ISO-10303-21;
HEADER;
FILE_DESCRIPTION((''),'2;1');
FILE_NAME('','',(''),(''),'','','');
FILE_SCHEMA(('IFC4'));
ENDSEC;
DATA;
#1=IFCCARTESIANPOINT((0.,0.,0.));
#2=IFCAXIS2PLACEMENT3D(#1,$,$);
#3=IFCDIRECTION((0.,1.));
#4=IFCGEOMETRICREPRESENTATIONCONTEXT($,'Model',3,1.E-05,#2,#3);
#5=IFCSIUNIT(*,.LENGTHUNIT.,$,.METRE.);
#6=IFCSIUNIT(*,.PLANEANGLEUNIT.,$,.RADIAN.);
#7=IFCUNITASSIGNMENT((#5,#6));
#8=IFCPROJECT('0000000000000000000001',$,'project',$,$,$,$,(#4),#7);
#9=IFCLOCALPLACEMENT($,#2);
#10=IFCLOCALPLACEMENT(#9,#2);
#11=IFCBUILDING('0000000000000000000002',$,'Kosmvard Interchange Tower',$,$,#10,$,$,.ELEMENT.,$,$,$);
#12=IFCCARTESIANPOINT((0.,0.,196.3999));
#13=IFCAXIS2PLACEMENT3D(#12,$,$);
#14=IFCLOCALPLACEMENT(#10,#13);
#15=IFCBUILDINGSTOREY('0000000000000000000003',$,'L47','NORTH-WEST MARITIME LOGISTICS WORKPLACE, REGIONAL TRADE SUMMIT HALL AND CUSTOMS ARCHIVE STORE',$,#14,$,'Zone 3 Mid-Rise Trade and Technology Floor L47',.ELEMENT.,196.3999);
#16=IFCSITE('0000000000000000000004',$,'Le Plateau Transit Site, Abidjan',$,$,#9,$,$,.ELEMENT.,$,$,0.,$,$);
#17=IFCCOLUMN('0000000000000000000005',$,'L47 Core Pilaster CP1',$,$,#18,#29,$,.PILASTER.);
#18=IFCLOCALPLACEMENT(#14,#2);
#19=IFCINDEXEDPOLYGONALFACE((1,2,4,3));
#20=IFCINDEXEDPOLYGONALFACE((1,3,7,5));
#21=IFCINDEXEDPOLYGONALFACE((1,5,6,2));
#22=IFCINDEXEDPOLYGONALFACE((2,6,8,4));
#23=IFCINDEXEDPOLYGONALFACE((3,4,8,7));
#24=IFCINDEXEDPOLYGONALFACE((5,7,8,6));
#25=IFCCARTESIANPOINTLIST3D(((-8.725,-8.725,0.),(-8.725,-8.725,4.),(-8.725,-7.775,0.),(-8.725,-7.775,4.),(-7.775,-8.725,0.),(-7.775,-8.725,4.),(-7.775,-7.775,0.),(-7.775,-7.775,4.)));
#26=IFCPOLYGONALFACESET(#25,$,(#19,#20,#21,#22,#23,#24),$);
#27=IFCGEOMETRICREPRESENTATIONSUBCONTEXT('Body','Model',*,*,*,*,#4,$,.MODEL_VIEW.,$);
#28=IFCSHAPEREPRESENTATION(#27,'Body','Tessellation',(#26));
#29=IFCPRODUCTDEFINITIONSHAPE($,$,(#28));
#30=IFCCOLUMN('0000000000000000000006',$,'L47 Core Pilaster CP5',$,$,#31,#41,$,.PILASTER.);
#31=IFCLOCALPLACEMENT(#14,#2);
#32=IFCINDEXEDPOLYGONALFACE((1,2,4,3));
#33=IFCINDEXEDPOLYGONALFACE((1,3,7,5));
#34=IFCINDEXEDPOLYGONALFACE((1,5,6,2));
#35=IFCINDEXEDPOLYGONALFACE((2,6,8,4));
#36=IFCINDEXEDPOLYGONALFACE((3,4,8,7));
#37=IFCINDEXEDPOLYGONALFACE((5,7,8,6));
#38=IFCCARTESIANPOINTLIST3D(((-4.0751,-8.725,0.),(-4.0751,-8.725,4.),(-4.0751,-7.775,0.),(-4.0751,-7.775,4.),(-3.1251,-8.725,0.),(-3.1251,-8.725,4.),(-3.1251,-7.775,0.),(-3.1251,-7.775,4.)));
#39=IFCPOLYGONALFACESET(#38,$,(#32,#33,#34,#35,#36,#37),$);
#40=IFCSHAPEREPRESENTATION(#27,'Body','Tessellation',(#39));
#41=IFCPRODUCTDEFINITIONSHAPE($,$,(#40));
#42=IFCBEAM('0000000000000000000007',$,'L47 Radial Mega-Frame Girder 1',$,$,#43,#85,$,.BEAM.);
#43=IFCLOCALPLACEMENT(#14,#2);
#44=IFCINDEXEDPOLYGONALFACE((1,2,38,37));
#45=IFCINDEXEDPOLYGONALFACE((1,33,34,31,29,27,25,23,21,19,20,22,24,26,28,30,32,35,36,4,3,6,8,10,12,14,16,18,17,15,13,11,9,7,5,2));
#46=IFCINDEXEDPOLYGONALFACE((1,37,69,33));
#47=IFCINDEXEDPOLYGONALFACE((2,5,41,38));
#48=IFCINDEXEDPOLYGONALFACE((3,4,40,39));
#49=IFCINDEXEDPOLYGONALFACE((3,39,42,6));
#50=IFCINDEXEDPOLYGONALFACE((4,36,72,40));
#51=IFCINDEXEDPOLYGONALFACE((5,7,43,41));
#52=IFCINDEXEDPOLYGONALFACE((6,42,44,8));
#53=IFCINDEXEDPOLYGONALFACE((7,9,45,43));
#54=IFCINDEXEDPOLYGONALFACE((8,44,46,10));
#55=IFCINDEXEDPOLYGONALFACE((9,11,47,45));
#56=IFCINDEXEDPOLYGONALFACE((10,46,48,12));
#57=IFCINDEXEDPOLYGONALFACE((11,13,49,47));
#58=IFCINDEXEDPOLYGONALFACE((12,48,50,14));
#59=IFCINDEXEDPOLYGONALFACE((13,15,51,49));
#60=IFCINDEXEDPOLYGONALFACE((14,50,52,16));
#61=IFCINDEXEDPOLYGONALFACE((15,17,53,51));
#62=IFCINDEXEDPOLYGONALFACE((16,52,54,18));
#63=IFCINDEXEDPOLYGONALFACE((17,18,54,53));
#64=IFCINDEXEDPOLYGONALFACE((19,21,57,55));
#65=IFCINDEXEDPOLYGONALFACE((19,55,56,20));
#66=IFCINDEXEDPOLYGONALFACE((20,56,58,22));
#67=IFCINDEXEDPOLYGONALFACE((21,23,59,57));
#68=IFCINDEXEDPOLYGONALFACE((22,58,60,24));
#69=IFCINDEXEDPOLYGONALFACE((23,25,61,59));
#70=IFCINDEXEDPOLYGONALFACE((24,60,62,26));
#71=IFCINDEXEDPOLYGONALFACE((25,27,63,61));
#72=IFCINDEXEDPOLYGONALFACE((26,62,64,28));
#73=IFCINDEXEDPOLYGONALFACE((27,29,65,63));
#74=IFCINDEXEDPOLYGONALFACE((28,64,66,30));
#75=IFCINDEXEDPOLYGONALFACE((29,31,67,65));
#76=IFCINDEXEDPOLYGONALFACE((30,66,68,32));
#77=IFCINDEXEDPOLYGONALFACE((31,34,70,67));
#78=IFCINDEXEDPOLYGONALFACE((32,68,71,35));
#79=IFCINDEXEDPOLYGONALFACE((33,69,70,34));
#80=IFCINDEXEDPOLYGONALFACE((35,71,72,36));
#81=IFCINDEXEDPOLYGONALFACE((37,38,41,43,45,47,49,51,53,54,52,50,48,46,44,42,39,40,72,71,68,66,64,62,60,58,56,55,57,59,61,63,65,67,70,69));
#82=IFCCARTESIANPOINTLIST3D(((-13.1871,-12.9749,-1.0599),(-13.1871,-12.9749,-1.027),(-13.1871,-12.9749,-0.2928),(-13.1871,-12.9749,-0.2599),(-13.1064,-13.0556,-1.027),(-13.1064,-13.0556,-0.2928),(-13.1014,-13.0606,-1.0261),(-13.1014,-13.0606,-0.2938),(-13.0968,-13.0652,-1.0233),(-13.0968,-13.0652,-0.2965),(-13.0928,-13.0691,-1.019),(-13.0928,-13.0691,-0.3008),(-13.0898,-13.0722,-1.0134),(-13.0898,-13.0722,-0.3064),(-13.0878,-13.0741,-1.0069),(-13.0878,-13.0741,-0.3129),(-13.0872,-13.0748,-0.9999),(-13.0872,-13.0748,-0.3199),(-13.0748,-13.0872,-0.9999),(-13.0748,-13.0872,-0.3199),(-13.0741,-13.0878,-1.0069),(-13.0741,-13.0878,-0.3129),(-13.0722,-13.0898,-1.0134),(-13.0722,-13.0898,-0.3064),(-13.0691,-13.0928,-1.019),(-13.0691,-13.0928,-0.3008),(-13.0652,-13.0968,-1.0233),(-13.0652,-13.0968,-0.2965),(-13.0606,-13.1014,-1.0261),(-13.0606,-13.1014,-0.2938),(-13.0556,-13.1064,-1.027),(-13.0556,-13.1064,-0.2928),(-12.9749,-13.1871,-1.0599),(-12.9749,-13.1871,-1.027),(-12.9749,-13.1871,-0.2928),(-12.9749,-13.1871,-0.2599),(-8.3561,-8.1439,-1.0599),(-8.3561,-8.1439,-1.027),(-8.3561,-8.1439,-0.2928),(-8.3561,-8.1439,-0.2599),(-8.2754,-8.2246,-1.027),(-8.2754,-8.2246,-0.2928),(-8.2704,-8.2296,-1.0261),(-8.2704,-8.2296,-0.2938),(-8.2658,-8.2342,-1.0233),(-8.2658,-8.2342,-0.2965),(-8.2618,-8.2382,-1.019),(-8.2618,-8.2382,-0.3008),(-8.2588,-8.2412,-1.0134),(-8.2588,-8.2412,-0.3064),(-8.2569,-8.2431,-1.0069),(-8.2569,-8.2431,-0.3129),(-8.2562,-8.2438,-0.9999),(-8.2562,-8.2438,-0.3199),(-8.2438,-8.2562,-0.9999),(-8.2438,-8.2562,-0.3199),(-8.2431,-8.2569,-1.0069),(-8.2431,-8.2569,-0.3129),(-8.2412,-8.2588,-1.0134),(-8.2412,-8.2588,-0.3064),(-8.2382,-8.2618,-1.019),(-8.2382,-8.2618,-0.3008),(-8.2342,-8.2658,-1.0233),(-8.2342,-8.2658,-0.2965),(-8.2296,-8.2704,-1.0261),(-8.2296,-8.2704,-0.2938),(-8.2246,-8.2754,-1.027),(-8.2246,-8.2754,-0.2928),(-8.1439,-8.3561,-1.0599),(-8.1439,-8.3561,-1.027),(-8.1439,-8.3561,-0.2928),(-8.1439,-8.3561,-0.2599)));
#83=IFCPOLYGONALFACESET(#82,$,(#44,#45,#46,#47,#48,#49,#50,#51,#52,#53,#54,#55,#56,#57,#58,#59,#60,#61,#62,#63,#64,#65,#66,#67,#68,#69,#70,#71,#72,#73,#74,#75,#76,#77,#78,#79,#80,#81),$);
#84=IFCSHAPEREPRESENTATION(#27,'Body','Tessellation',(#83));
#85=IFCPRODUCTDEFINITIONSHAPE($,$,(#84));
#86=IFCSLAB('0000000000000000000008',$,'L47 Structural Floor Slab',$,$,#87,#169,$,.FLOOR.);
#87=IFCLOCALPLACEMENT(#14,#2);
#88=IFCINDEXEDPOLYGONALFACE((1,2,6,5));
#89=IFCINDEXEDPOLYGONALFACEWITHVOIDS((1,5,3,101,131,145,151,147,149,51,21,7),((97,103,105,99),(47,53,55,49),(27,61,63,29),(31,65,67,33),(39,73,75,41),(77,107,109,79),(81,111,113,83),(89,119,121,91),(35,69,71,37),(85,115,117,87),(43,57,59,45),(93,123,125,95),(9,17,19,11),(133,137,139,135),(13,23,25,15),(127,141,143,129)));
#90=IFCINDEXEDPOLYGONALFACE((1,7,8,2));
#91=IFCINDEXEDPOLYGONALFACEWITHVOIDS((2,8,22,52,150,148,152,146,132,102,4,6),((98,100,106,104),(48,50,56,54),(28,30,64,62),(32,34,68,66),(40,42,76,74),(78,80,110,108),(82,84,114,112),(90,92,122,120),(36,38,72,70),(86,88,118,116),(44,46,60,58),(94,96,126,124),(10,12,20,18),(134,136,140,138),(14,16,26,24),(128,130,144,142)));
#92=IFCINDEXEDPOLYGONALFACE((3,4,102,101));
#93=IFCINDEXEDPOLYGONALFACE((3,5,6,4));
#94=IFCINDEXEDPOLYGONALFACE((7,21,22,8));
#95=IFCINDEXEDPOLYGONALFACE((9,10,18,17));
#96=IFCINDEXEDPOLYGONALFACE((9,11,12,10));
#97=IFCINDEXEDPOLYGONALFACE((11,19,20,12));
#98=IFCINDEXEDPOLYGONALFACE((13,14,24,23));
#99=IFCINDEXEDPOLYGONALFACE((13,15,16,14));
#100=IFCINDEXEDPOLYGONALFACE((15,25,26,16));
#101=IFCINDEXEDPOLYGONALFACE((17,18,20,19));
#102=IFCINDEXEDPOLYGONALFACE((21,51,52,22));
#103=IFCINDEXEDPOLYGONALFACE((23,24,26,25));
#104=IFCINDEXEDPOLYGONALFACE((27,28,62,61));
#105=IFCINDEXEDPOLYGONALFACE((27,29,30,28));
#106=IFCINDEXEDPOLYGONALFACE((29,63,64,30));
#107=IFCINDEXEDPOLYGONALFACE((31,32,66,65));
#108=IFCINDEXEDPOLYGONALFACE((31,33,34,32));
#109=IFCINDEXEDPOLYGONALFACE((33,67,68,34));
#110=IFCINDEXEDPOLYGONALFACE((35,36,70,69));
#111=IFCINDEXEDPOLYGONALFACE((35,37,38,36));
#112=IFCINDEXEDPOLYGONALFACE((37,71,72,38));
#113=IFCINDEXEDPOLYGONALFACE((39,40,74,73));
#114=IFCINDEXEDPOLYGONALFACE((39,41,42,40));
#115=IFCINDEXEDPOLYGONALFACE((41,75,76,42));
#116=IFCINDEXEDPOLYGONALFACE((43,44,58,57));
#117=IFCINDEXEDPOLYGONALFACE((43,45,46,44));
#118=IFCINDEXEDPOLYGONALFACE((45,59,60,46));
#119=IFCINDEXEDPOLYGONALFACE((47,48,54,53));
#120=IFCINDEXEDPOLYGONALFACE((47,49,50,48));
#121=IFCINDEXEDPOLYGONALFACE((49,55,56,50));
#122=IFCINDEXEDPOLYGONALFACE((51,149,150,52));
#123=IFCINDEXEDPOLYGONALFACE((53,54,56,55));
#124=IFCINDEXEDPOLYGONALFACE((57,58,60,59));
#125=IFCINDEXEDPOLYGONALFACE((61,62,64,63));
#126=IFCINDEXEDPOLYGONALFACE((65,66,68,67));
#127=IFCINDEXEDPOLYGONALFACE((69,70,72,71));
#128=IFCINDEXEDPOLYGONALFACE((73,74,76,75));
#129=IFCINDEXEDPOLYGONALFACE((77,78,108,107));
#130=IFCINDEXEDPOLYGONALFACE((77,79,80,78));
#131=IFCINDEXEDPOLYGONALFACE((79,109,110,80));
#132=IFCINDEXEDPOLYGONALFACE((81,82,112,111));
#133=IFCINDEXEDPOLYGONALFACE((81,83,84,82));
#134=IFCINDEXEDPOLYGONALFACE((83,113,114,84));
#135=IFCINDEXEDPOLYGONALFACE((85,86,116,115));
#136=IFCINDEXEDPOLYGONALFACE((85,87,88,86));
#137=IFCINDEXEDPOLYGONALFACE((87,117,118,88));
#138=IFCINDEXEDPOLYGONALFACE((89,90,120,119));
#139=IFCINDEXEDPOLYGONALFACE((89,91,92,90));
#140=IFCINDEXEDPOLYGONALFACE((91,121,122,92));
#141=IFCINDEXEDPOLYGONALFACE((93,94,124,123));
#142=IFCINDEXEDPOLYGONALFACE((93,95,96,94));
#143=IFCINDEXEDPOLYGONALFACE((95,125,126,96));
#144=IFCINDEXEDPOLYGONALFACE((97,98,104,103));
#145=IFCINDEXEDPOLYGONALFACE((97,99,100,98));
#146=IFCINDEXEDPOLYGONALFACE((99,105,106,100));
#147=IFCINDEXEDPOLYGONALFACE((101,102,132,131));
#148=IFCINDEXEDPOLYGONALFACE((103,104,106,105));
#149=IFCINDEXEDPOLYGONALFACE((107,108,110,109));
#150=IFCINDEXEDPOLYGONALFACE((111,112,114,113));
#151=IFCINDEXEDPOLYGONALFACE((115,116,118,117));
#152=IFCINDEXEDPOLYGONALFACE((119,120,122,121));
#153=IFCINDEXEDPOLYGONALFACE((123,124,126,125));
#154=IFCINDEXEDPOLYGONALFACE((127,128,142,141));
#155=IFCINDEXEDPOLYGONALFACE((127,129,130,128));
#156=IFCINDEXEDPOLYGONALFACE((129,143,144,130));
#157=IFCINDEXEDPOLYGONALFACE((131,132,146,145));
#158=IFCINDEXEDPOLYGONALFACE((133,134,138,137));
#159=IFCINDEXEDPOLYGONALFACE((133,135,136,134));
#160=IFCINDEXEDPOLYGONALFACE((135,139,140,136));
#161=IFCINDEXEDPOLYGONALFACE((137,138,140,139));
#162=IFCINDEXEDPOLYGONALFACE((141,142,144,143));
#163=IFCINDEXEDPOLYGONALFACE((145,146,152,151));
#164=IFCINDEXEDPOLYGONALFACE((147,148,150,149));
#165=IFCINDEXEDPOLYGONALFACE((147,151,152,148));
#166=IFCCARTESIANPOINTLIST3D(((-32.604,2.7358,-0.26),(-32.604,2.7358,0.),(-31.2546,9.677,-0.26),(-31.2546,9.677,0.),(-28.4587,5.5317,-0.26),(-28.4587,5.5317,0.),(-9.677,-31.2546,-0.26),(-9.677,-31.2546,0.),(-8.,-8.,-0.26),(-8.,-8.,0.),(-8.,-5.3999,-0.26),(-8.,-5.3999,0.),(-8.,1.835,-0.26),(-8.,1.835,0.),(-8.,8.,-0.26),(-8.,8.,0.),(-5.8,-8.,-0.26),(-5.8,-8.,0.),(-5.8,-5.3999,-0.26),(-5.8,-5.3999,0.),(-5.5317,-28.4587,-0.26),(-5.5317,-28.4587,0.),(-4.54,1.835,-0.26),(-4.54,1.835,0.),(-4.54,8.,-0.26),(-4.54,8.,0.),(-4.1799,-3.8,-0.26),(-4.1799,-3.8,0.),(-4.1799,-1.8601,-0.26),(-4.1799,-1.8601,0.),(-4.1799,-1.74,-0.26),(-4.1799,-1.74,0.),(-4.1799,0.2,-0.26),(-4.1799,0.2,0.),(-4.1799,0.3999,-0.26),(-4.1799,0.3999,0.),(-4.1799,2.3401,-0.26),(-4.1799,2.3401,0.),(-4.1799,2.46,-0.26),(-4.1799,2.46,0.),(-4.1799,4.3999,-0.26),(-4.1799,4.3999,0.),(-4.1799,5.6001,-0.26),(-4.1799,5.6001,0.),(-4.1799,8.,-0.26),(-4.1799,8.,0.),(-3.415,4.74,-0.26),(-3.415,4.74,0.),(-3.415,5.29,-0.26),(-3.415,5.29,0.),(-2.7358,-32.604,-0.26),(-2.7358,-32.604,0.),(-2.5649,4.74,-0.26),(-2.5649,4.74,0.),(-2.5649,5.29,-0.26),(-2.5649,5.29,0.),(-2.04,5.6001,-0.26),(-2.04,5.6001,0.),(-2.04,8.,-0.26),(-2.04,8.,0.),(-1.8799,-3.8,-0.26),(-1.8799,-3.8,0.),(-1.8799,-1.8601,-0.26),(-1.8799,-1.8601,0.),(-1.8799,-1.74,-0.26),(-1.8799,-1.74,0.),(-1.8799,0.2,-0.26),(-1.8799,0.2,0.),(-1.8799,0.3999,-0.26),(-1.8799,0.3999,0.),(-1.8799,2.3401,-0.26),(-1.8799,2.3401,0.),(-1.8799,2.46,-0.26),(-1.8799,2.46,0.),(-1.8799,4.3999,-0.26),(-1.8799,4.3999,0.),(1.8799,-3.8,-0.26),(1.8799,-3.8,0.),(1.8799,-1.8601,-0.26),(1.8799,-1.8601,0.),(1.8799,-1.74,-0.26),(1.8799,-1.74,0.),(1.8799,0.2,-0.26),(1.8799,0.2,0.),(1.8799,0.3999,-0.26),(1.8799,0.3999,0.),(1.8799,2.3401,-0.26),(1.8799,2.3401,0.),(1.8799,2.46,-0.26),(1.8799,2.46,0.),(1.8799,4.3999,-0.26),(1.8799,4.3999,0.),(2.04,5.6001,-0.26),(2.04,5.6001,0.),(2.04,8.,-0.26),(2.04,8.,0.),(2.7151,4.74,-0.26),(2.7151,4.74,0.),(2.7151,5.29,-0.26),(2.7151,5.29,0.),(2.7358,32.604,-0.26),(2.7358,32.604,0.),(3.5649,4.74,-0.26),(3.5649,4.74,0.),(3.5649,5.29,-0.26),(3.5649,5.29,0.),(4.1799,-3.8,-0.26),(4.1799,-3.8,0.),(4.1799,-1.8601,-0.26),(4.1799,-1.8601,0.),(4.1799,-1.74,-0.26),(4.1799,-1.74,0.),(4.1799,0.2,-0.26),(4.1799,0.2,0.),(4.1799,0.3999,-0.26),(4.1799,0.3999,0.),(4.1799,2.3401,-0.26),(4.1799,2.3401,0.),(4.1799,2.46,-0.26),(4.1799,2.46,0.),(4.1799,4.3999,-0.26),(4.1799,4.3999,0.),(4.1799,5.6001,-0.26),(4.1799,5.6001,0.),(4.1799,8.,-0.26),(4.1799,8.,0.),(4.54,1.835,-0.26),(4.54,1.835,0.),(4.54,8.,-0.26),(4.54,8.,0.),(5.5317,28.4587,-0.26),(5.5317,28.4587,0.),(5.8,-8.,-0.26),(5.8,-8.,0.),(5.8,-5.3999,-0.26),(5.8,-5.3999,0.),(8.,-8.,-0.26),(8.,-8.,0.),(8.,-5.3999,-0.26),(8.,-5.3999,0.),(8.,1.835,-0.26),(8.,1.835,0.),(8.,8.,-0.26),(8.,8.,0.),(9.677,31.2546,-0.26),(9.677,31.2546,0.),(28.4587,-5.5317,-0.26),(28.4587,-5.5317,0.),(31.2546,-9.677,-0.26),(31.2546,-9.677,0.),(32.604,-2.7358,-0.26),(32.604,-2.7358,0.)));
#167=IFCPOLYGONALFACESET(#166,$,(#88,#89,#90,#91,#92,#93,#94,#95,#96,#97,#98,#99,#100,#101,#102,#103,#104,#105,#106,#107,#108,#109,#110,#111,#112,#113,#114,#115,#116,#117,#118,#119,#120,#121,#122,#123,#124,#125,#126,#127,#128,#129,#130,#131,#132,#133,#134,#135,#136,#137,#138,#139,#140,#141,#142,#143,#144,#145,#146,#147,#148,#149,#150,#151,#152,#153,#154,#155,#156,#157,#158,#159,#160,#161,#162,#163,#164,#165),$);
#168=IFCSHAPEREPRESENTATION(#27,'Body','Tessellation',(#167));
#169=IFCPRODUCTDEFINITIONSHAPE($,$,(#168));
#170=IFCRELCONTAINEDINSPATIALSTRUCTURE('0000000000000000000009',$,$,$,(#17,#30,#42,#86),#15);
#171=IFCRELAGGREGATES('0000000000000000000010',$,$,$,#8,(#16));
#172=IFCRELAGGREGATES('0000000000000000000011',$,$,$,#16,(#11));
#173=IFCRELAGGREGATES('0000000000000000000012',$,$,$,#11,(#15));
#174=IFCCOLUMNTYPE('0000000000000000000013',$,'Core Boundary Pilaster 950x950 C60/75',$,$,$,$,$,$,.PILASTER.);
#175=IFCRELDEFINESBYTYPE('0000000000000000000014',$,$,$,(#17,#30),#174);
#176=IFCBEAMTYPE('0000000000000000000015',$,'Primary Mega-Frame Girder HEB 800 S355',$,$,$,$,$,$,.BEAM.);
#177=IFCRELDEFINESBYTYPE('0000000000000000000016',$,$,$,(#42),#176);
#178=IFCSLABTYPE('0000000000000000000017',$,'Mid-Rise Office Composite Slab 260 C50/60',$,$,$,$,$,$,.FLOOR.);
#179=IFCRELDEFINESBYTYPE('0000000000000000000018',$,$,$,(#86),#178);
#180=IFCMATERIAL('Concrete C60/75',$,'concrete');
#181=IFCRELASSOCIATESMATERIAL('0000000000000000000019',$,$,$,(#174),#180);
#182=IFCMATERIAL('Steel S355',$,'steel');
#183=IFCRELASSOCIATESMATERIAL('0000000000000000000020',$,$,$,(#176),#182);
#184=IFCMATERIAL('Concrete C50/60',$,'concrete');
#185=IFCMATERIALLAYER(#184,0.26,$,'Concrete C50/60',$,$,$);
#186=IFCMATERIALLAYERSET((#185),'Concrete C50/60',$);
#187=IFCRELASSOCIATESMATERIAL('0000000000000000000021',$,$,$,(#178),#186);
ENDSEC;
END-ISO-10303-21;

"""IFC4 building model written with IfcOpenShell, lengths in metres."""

from ifc_helpers import new_model, si_unit, direction, frame, origin, origin_2d, place, context, subcontext, project, spatial, polyline, rectangle, i_section, outline, extrude, source, transform, mapped, material, layer, layer_set, material_profile, profile_set, type_object, element, save


model = new_model("IFC4")

# Units and contexts
model_context = context("Model", 3, precision=1e-05, world=origin(), true_north=direction((0.0, 1.0)))
body_context = subcontext(model_context, "Body", "Model", "MODEL_VIEW")
ifc_project = project(units=[si_unit("LENGTHUNIT", "METRE"), si_unit("PLANEANGLEUNIT", "RADIAN")], contexts=[model_context])

# Site, building, storey
site_placement = place(None, origin())
site = spatial("IfcSite", under=ifc_project, at=site_placement, Name="Le Plateau Transit Site, Abidjan", CompositionType="ELEMENT", RefElevation=0.0)
building_placement = place(site_placement, origin())
building = spatial("IfcBuilding", under=site, at=building_placement, Name="Kosmvard Interchange Tower", CompositionType="ELEMENT")
storey_placement = place(building_placement, frame((0.0, 0.0, 196.3999)))
storey = spatial("IfcBuildingStorey", under=building, at=storey_placement, Name="L47", Description="NORTH-WEST MARITIME LOGISTICS WORKPLACE, REGIONAL TRADE SUMMIT HALL AND CUSTOMS ARCHIVE STORE", LongName="Zone 3 Mid-Rise Trade and Technology Floor L47", CompositionType="ELEMENT", Elevation=196.3999)

# Columns
ifc_material_1 = material(Name="Concrete C60/75", Category="concrete")
ifc_material_profile_1 = material_profile(ifc_material_1, rectangle(XDim=0.95, YDim=0.95, at=origin_2d()), Name="CP 950x950")
ifc_profile_set_1 = profile_set([ifc_material_profile_1], Name="Concrete C60/75")
column_type = type_object("IfcColumnType", Name="Core Boundary Pilaster 950x950 C60/75", PredefinedType="PILASTER", material=ifc_profile_set_1)
shared_shape_1 = source(origin(), body_context, "Body", "SweptSolid", [
    extrude(rectangle(XDim=0.95, YDim=0.95, at=origin_2d()), origin(), (0.0, 0.0, 1.0), 4.0),
])
for number, where, z_axis, x_axis, name in (
    (1, (-8.25, -8.25, 0.0), (0.0, 0.0, 1.0), (1.0, 0.0, 0.0), "L47 Core Pilaster CP1"),
    (2, (-3.6001, -8.25, 0.0), (0.0, 0.0, 1.0), (1.0, 0.0, 0.0), "L47 Core Pilaster CP5"),
):
    element("IfcColumn", number, at=place(storey_placement, frame(where, z_axis=z_axis, x_axis=x_axis)), inside=storey, type_object=column_type, Name=name, PredefinedType="PILASTER", context=body_context, shape_type="MappedRepresentation", body=[
        mapped(shared_shape_1, transform((0.0, 0.0, 0.0), scale=1.0)),
    ])

# Beam
ifc_material_2 = material(Name="Steel S355", Category="steel")
ifc_material_profile_2 = material_profile(ifc_material_2, i_section(OverallWidth=0.3, OverallDepth=0.8, WebThickness=0.0176, FlangeThickness=0.033, FilletRadius=0.0271, at=origin_2d()), Name="HEB 800")
ifc_profile_set_2 = profile_set([ifc_material_profile_2], Name="Steel S355")
beam_type = type_object("IfcBeamType", Name="Primary Mega-Frame Girder HEB 800 S355", PredefinedType="BEAM", material=ifc_profile_set_2)
shared_shape_2 = source(origin(), body_context, "Body", "SweptSolid", [
    extrude(i_section(OverallWidth=0.3, OverallDepth=0.8, WebThickness=0.0176, FlangeThickness=0.033, FilletRadius=0.0271, at=origin_2d()), origin(), (0.0, 0.0, 1.0), 6.832),
])
beam_placement = place(storey_placement, frame((-8.25, -8.25, -0.6599), z_axis=(-0.707107, -0.707107, 0.0), x_axis=(0.707107, -0.707107, 0.0)))
element("IfcBeam", 3, at=beam_placement, inside=storey, type_object=beam_type, Name="L47 Radial Mega-Frame Girder 1", PredefinedType="BEAM", context=body_context, shape_type="MappedRepresentation", body=[
    mapped(shared_shape_2, transform((0.0, 0.0, 0.0), scale=1.0)),
])

# Slab
ifc_material_3 = material(Name="Concrete C50/60", Category="concrete")
ifc_layer_1 = layer(ifc_material_3, 0.26, Name="Concrete C50/60")
ifc_layer_set_1 = layer_set([ifc_layer_1], Name="Concrete C50/60")
slab_type_1 = type_object("IfcSlabType", Name="Mid-Rise Office Composite Slab 260 C50/60", PredefinedType="FLOOR", material=ifc_layer_set_1)
slab_1_placement = place(storey_placement, frame((0.0, 0.0, -0.26)))
element("IfcSlab", 4, at=slab_1_placement, inside=storey, type_object=slab_type_1, Name="L47 Structural Floor Slab", PredefinedType="FLOOR", context=body_context, shape_type="SweptSolid", body=[
    extrude(outline(polyline([(-2.7358, -32.604), (31.2546, -9.677), (28.4587, -5.5317), (32.604, -2.7358), (9.677, 31.2546), (5.5317, 28.4587), (2.7358, 32.604), (-31.2546, 9.677), (-28.4587, 5.5317), (-32.604, 2.7358), (-9.677, -31.2546), (-5.5317, -28.4587), (-2.7358, -32.604)]), holes=[polyline([(-8.0, 1.835), (-4.54, 1.835), (-4.54, 8.0), (-8.0, 8.0), (-8.0, 1.835)]), polyline([(4.54, 1.835), (8.0, 1.835), (8.0, 8.0), (4.54, 8.0), (4.54, 1.835)]), polyline([(-8.0, -8.0), (-5.8, -8.0), (-5.8, -5.3999), (-8.0, -5.3999), (-8.0, -8.0)]), polyline([(5.8, -8.0), (8.0, -8.0), (8.0, -5.3999), (5.8, -5.3999), (5.8, -8.0)]), polyline([(-4.1799, -3.8), (-1.8799, -3.8), (-1.8799, -1.8601), (-4.1799, -1.8601), (-4.1799, -3.8)]), polyline([(-4.1799, -1.74), (-1.8799, -1.74), (-1.8799, 0.2), (-4.1799, 0.2), (-4.1799, -1.74)]), polyline([(1.8799, -3.8), (4.1799, -3.8), (4.1799, -1.8601), (1.8799, -1.8601), (1.8799, -3.8)]), polyline([(1.8799, -1.74), (4.1799, -1.74), (4.1799, 0.2), (1.8799, 0.2), (1.8799, -1.74)]), polyline([(-4.1799, 0.3999), (-1.8799, 0.3999), (-1.8799, 2.3401), (-4.1799, 2.3401), (-4.1799, 0.3999)]), polyline([(-4.1799, 2.46), (-1.8799, 2.46), (-1.8799, 4.3999), (-4.1799, 4.3999), (-4.1799, 2.46)]), polyline([(1.8799, 0.3999), (4.1799, 0.3999), (4.1799, 2.3401), (1.8799, 2.3401), (1.8799, 0.3999)]), polyline([(1.8799, 2.46), (4.1799, 2.46), (4.1799, 4.3999), (1.8799, 4.3999), (1.8799, 2.46)]), polyline([(-4.1799, 5.6001), (-2.04, 5.6001), (-2.04, 8.0), (-4.1799, 8.0), (-4.1799, 5.6001)]), polyline([(2.04, 5.6001), (4.1799, 5.6001), (4.1799, 8.0), (2.04, 8.0), (2.04, 5.6001)]), polyline([(-3.415, 4.74), (-2.5649, 4.74), (-2.5649, 5.29), (-3.415, 5.29), (-3.415, 4.74)]), polyline([(2.7151, 4.74), (3.5649, 4.74), (3.5649, 5.29), (2.7151, 5.29), (2.7151, 4.74)])]), origin(), (0.0, 0.0, 1.0), 0.26),
])

save(model, "model.ifc")
